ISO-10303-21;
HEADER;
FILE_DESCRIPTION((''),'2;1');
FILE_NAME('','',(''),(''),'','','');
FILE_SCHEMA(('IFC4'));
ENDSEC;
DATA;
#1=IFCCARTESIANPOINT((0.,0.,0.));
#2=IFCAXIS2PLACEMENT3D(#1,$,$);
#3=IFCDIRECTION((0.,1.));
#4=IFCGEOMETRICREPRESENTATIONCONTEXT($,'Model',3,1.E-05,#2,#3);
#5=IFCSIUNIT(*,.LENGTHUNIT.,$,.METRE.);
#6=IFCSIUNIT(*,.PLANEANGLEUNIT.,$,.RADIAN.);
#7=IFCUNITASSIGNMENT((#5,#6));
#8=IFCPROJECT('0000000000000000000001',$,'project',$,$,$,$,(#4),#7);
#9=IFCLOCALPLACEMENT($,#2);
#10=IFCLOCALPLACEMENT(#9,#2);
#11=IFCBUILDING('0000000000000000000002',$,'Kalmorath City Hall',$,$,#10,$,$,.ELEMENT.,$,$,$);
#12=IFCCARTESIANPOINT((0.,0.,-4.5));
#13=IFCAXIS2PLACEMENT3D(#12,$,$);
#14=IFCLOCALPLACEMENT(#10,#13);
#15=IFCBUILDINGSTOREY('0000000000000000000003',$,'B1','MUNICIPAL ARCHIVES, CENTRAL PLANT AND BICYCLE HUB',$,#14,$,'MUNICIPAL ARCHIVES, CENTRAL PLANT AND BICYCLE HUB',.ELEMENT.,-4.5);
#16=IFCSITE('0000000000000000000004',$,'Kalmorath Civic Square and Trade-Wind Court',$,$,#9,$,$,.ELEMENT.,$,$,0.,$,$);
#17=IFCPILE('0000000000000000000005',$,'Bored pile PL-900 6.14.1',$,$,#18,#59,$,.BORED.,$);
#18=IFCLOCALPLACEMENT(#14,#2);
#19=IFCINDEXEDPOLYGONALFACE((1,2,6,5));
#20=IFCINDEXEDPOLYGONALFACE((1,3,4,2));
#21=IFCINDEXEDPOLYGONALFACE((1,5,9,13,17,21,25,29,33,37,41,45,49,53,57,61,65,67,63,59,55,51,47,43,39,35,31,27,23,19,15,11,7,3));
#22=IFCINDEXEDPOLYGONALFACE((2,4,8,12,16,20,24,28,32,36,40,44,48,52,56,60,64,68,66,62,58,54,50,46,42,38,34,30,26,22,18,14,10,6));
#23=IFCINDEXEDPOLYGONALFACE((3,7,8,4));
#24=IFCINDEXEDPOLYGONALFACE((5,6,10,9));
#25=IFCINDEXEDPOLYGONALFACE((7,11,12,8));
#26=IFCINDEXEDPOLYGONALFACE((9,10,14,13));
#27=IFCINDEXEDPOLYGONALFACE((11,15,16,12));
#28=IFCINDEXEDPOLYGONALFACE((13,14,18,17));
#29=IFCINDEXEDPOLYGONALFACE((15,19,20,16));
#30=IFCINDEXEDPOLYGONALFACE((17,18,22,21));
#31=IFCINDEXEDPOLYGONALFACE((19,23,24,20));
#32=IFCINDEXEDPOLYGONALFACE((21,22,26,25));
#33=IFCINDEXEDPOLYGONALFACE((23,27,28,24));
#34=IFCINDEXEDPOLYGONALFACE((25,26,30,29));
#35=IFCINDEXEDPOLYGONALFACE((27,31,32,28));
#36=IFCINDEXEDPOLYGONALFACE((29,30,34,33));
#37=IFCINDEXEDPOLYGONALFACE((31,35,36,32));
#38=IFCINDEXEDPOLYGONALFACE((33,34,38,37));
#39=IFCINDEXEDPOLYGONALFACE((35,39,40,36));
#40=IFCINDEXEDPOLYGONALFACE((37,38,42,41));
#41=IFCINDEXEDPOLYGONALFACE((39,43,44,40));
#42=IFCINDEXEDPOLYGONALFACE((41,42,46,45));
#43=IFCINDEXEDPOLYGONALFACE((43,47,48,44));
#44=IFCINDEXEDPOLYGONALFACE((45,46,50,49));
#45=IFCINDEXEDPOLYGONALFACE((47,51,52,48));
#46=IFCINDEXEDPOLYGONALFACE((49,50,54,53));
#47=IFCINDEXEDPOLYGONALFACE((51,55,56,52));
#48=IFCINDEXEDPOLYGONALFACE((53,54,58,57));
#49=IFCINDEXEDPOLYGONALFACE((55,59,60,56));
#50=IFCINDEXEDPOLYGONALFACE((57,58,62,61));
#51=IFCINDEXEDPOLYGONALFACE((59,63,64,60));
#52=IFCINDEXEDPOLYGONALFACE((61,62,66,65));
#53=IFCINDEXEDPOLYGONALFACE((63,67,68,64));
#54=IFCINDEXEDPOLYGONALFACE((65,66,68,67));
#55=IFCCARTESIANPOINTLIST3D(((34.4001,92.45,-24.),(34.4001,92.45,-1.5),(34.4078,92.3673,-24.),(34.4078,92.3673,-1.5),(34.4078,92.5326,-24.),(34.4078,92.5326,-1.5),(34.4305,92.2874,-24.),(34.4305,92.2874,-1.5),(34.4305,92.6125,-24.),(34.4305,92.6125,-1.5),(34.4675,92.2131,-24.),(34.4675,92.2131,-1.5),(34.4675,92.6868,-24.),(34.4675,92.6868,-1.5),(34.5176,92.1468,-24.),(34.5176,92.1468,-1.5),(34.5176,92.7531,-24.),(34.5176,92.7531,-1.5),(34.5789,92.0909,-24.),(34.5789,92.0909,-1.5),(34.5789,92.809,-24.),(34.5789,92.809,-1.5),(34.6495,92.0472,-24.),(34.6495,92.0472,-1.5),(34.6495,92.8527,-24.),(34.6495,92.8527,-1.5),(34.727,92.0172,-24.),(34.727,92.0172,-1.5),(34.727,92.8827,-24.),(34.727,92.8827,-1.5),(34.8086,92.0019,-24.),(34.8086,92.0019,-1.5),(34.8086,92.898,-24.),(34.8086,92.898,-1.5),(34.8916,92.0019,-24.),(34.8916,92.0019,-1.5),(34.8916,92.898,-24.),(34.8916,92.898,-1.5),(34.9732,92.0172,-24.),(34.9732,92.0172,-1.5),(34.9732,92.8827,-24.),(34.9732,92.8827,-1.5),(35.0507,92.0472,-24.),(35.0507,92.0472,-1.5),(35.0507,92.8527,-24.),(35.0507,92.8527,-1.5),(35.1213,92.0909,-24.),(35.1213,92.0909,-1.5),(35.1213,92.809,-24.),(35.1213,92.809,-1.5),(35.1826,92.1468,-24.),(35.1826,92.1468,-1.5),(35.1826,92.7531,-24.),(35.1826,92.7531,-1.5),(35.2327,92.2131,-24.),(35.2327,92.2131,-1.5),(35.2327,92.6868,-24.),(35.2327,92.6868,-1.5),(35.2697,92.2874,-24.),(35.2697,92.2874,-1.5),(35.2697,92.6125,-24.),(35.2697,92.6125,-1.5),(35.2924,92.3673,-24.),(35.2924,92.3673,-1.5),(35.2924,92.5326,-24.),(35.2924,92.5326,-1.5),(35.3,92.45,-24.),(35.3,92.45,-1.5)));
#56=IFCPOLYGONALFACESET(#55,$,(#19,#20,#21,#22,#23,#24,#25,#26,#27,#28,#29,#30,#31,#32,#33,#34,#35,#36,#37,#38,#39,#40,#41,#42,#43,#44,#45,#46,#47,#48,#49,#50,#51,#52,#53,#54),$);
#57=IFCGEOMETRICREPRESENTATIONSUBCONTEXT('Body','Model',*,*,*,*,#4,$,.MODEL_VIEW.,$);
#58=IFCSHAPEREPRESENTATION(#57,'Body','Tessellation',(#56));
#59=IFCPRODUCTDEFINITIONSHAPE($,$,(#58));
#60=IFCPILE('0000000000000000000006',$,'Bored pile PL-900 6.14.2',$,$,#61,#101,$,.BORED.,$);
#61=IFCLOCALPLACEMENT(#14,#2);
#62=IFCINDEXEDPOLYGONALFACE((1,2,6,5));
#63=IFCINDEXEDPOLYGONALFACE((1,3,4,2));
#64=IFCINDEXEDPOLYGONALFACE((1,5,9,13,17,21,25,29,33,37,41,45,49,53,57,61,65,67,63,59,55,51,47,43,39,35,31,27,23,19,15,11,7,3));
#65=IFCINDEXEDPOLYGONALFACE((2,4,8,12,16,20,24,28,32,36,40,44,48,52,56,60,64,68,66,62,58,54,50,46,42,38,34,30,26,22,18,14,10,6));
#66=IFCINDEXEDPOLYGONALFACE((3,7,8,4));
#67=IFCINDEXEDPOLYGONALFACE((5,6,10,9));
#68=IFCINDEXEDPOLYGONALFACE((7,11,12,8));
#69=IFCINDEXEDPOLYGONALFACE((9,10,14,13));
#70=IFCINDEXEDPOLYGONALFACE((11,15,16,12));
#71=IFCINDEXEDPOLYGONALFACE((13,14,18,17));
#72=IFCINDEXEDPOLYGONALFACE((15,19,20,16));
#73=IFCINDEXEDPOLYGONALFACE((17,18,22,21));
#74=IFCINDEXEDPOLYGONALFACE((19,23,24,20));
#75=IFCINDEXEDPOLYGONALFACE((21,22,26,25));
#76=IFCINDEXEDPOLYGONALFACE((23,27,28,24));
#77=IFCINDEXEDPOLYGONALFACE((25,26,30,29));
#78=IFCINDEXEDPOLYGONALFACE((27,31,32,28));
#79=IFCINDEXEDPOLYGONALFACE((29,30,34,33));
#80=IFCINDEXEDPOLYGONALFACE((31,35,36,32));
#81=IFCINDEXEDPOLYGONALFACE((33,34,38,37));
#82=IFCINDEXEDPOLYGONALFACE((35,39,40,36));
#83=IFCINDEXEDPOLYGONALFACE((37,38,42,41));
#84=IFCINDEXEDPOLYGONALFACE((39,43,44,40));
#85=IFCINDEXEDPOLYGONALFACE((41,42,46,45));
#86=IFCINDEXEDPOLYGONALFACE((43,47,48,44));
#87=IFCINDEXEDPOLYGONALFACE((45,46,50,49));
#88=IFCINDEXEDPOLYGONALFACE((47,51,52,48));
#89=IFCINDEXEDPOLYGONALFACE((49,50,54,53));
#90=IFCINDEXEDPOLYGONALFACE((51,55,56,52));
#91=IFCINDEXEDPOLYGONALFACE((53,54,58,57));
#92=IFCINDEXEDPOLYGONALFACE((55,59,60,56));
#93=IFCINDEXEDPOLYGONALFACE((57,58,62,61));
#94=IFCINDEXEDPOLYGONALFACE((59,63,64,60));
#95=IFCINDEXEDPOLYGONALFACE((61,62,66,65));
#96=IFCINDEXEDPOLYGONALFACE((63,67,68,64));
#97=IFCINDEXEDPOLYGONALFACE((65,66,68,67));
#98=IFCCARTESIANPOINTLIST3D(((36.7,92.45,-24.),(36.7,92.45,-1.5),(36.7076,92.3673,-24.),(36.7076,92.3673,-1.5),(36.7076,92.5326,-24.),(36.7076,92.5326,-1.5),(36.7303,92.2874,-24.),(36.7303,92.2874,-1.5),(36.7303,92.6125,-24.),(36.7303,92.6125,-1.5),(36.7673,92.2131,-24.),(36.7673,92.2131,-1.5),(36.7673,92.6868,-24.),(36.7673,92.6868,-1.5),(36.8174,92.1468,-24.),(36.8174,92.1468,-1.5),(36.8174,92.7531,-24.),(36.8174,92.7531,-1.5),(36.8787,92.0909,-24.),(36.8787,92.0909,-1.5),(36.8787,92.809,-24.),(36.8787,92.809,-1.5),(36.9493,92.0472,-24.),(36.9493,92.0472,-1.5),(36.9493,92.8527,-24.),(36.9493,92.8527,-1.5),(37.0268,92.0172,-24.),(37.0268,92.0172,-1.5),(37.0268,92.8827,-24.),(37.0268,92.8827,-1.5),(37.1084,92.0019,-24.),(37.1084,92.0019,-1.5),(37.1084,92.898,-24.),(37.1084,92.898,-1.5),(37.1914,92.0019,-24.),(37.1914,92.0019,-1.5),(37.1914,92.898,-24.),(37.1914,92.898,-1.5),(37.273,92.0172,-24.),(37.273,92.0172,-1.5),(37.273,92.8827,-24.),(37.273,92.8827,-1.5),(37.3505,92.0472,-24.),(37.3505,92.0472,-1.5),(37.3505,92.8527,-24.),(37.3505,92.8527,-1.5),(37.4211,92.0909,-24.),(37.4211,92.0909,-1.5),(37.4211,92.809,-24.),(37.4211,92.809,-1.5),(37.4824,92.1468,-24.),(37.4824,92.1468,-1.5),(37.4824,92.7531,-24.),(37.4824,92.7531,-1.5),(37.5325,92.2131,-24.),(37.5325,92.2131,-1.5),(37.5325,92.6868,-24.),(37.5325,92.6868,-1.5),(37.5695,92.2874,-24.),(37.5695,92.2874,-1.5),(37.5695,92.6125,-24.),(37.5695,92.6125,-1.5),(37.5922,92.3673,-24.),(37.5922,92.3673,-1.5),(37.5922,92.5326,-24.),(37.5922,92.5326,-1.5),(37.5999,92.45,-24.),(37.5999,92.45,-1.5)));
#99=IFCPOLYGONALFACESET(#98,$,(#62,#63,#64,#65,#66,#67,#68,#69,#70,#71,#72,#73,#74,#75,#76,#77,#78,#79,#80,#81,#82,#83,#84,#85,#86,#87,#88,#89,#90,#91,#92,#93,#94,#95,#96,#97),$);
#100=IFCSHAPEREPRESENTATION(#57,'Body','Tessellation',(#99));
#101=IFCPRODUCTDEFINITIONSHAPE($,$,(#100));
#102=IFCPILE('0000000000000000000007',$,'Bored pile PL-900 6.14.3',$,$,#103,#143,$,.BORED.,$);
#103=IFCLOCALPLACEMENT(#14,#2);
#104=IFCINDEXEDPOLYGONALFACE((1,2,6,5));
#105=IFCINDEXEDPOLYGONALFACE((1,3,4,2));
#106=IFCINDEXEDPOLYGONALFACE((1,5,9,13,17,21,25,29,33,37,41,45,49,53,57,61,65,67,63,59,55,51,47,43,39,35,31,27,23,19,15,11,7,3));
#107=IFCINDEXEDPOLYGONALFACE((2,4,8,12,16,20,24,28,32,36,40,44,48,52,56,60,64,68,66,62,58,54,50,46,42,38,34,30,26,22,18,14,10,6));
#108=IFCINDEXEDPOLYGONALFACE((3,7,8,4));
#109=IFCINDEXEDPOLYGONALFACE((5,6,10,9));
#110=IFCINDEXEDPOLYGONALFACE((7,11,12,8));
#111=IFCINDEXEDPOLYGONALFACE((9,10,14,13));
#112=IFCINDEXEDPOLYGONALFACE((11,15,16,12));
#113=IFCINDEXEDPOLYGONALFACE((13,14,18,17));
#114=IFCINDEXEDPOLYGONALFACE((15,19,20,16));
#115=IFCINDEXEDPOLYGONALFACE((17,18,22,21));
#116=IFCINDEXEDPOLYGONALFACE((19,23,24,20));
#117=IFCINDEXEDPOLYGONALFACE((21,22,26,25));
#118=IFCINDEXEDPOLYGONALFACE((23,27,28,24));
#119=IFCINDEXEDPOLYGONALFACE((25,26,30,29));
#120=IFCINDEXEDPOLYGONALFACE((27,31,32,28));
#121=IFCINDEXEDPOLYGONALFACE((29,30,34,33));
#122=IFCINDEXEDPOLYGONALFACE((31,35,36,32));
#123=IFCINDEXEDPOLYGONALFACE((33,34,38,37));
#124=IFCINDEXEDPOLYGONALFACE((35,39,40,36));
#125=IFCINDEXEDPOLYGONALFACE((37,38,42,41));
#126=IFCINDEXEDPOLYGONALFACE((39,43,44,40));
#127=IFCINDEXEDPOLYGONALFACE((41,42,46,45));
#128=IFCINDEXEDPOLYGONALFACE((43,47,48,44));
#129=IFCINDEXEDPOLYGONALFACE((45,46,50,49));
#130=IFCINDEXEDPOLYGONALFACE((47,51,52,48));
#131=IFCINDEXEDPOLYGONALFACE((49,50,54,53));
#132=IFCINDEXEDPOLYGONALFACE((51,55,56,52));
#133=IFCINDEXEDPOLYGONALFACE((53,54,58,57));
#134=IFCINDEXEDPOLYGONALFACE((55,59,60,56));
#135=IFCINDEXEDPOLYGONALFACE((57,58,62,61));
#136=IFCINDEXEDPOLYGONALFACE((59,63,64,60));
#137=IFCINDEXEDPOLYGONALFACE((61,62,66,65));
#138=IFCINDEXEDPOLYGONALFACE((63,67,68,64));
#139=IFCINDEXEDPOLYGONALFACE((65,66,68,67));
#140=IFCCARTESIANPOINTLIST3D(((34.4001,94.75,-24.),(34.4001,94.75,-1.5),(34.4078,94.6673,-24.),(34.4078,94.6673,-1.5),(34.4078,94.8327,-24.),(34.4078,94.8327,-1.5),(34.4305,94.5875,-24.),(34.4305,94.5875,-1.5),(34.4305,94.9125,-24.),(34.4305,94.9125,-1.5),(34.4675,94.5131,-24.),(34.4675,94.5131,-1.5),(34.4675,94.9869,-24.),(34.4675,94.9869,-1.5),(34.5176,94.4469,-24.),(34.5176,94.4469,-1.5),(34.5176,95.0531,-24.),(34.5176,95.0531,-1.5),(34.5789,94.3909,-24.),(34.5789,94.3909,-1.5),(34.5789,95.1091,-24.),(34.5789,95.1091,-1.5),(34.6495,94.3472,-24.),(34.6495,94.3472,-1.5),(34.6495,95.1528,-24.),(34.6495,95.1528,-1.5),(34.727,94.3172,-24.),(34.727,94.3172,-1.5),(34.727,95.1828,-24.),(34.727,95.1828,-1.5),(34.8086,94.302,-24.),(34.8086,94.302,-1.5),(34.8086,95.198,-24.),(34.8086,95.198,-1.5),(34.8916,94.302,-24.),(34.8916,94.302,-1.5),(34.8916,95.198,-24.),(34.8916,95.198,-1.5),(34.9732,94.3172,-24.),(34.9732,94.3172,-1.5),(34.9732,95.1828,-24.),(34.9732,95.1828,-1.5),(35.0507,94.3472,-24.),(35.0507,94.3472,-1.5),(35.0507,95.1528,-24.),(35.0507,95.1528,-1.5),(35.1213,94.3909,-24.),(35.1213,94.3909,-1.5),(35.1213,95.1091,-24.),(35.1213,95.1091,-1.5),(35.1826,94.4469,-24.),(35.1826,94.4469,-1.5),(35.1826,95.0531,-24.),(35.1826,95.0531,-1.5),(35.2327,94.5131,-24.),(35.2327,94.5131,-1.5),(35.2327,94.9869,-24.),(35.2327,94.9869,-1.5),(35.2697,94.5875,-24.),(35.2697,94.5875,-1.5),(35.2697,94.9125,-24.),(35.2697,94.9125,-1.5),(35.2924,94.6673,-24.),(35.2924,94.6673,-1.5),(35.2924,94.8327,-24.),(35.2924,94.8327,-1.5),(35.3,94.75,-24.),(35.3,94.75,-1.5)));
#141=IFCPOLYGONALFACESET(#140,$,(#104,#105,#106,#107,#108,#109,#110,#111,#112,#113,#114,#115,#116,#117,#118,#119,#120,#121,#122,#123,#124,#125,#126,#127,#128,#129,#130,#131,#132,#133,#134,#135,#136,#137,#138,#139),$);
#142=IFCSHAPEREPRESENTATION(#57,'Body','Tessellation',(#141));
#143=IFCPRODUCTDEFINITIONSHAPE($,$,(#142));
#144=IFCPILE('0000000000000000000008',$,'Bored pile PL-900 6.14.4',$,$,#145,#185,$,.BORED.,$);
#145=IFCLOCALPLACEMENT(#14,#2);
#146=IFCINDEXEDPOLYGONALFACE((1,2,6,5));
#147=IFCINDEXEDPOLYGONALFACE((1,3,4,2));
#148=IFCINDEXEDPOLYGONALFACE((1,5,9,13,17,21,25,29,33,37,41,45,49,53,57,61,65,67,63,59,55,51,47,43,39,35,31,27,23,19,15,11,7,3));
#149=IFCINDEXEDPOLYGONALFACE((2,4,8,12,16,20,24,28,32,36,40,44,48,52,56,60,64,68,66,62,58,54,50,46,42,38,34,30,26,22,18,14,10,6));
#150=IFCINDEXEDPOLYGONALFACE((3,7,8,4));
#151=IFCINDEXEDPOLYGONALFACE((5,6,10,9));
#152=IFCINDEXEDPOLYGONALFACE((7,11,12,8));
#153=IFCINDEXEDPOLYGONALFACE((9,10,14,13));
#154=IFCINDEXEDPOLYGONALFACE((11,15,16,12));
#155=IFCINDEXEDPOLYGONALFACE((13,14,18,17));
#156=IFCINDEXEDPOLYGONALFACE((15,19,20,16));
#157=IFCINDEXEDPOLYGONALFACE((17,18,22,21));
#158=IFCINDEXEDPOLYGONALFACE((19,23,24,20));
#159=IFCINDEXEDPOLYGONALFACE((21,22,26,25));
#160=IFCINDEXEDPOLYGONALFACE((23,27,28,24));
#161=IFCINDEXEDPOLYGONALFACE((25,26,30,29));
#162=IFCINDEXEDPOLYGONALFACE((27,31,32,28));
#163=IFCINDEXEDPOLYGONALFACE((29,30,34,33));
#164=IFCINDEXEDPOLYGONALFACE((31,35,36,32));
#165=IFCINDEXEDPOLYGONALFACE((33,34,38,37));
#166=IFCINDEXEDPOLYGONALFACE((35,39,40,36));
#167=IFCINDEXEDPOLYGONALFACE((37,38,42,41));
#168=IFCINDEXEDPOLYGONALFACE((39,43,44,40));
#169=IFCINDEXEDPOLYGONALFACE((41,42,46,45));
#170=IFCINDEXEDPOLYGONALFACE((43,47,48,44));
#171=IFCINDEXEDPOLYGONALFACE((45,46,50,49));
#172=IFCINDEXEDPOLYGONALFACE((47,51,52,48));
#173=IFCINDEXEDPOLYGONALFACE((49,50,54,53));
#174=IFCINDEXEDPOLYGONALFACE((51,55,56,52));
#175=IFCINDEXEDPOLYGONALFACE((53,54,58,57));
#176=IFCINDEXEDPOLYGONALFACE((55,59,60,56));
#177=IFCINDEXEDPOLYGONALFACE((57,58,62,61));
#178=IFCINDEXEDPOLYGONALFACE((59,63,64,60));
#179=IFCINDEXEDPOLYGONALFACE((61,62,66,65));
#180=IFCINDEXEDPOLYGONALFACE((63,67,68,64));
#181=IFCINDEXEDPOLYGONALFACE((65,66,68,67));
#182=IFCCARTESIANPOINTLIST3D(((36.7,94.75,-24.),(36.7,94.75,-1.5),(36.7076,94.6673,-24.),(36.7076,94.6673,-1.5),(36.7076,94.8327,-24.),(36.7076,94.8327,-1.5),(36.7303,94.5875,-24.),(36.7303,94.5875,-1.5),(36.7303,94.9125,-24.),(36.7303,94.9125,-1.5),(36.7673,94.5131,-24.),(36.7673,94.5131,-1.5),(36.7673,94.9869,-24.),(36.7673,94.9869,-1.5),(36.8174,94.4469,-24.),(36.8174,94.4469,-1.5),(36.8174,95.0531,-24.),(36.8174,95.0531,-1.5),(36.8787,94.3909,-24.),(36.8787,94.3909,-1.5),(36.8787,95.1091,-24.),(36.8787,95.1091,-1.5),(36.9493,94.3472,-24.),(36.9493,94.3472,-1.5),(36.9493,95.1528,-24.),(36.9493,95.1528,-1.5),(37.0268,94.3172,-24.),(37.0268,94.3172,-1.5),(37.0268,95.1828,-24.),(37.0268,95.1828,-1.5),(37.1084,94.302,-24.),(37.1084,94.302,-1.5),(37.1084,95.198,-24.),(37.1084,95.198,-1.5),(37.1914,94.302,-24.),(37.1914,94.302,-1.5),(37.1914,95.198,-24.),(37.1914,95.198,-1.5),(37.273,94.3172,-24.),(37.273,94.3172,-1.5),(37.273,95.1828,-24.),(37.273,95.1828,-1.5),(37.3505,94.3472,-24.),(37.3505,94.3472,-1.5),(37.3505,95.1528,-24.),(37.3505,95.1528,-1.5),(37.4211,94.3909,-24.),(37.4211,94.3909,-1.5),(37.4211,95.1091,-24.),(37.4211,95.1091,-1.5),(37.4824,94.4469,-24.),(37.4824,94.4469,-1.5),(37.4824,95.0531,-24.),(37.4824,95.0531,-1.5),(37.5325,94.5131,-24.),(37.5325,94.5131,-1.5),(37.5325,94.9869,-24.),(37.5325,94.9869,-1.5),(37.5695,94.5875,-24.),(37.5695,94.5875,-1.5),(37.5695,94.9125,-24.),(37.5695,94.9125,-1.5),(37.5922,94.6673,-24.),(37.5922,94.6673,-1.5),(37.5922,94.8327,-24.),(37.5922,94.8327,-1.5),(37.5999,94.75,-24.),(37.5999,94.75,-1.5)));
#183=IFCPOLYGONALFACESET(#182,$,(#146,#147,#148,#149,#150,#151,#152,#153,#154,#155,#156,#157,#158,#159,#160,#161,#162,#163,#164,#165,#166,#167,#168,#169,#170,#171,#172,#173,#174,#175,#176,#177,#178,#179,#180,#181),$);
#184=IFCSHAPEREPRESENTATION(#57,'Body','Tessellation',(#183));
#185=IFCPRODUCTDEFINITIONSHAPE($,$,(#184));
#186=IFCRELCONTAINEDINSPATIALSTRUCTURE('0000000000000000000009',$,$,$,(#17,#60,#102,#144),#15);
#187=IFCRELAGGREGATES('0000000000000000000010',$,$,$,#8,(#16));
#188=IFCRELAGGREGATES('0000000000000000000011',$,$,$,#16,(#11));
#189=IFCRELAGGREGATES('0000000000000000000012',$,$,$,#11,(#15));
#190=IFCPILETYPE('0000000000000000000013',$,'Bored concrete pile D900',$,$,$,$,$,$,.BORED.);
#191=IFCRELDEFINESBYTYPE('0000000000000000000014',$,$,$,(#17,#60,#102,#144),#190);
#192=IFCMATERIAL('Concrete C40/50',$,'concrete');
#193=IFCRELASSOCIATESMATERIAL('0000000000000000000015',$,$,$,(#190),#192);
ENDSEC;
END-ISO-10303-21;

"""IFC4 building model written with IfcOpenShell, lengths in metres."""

from ifc_helpers import new_model, si_unit, direction, frame, origin, origin_2d, place, context, subcontext, project, spatial, circle, extrude, material, material_profile, profile_set, type_object, element, save


model = new_model("IFC4")

# Units and contexts
model_context = context("Model", 3, precision=1e-05, world=origin(), true_north=direction((0.0, 1.0)))
body_context = subcontext(model_context, "Body", "Model", "MODEL_VIEW")
ifc_project = project(units=[si_unit("LENGTHUNIT", "METRE"), si_unit("PLANEANGLEUNIT", "RADIAN")], contexts=[model_context])

# Site, building, storey
site_placement = place(None, origin())
site = spatial("IfcSite", under=ifc_project, at=site_placement, Name="Kalmorath Civic Square and Trade-Wind Court", CompositionType="ELEMENT", RefElevation=0.0)
building_placement = place(site_placement, origin())
building = spatial("IfcBuilding", under=site, at=building_placement, Name="Kalmorath City Hall", CompositionType="ELEMENT")
storey_placement = place(building_placement, frame((0.0, 0.0, -4.5)))
storey = spatial("IfcBuildingStorey", under=building, at=storey_placement, Name="B1", Description="MUNICIPAL ARCHIVES, CENTRAL PLANT AND BICYCLE HUB", LongName="MUNICIPAL ARCHIVES, CENTRAL PLANT AND BICYCLE HUB", CompositionType="ELEMENT", Elevation=-4.5)

# Piles
ifc_material_1 = material(Name="Concrete C40/50", Category="concrete")
ifc_material_profile_1 = material_profile(ifc_material_1, circle(Radius=0.45, at=origin_2d()), Name="PILE-D900")
ifc_profile_set_1 = profile_set([ifc_material_profile_1], Name="Concrete C40/50")
pile_type = type_object("IfcPileType", Name="Bored concrete pile D900", PredefinedType="BORED", material=ifc_profile_set_1)
for number, where, z_axis, x_axis, name in (
    (1, (34.8501, 92.45, -1.5), (0.0, 0.0, -1.0), (1.0, 0.0, 0.0), "Bored pile PL-900 6.14.1"),
    (2, (37.1499, 92.45, -1.5), (0.0, 0.0, -1.0), (1.0, 0.0, 0.0), "Bored pile PL-900 6.14.2"),
    (3, (34.8501, 94.75, -1.5), (0.0, 0.0, -1.0), (1.0, 0.0, 0.0), "Bored pile PL-900 6.14.3"),
    (4, (37.1499, 94.75, -1.5), (0.0, 0.0, -1.0), (1.0, 0.0, 0.0), "Bored pile PL-900 6.14.4"),
):
    element("IfcPile", number, at=place(storey_placement, frame(where, z_axis=z_axis, x_axis=x_axis)), inside=storey, type_object=pile_type, Name=name, PredefinedType="BORED", context=body_context, shape_type="SweptSolid", body=[
        extrude(circle(Radius=0.45, at=origin_2d()), origin(), (0.0, 0.0, 1.0), 22.5),
    ])

save(model, "model.ifc")
